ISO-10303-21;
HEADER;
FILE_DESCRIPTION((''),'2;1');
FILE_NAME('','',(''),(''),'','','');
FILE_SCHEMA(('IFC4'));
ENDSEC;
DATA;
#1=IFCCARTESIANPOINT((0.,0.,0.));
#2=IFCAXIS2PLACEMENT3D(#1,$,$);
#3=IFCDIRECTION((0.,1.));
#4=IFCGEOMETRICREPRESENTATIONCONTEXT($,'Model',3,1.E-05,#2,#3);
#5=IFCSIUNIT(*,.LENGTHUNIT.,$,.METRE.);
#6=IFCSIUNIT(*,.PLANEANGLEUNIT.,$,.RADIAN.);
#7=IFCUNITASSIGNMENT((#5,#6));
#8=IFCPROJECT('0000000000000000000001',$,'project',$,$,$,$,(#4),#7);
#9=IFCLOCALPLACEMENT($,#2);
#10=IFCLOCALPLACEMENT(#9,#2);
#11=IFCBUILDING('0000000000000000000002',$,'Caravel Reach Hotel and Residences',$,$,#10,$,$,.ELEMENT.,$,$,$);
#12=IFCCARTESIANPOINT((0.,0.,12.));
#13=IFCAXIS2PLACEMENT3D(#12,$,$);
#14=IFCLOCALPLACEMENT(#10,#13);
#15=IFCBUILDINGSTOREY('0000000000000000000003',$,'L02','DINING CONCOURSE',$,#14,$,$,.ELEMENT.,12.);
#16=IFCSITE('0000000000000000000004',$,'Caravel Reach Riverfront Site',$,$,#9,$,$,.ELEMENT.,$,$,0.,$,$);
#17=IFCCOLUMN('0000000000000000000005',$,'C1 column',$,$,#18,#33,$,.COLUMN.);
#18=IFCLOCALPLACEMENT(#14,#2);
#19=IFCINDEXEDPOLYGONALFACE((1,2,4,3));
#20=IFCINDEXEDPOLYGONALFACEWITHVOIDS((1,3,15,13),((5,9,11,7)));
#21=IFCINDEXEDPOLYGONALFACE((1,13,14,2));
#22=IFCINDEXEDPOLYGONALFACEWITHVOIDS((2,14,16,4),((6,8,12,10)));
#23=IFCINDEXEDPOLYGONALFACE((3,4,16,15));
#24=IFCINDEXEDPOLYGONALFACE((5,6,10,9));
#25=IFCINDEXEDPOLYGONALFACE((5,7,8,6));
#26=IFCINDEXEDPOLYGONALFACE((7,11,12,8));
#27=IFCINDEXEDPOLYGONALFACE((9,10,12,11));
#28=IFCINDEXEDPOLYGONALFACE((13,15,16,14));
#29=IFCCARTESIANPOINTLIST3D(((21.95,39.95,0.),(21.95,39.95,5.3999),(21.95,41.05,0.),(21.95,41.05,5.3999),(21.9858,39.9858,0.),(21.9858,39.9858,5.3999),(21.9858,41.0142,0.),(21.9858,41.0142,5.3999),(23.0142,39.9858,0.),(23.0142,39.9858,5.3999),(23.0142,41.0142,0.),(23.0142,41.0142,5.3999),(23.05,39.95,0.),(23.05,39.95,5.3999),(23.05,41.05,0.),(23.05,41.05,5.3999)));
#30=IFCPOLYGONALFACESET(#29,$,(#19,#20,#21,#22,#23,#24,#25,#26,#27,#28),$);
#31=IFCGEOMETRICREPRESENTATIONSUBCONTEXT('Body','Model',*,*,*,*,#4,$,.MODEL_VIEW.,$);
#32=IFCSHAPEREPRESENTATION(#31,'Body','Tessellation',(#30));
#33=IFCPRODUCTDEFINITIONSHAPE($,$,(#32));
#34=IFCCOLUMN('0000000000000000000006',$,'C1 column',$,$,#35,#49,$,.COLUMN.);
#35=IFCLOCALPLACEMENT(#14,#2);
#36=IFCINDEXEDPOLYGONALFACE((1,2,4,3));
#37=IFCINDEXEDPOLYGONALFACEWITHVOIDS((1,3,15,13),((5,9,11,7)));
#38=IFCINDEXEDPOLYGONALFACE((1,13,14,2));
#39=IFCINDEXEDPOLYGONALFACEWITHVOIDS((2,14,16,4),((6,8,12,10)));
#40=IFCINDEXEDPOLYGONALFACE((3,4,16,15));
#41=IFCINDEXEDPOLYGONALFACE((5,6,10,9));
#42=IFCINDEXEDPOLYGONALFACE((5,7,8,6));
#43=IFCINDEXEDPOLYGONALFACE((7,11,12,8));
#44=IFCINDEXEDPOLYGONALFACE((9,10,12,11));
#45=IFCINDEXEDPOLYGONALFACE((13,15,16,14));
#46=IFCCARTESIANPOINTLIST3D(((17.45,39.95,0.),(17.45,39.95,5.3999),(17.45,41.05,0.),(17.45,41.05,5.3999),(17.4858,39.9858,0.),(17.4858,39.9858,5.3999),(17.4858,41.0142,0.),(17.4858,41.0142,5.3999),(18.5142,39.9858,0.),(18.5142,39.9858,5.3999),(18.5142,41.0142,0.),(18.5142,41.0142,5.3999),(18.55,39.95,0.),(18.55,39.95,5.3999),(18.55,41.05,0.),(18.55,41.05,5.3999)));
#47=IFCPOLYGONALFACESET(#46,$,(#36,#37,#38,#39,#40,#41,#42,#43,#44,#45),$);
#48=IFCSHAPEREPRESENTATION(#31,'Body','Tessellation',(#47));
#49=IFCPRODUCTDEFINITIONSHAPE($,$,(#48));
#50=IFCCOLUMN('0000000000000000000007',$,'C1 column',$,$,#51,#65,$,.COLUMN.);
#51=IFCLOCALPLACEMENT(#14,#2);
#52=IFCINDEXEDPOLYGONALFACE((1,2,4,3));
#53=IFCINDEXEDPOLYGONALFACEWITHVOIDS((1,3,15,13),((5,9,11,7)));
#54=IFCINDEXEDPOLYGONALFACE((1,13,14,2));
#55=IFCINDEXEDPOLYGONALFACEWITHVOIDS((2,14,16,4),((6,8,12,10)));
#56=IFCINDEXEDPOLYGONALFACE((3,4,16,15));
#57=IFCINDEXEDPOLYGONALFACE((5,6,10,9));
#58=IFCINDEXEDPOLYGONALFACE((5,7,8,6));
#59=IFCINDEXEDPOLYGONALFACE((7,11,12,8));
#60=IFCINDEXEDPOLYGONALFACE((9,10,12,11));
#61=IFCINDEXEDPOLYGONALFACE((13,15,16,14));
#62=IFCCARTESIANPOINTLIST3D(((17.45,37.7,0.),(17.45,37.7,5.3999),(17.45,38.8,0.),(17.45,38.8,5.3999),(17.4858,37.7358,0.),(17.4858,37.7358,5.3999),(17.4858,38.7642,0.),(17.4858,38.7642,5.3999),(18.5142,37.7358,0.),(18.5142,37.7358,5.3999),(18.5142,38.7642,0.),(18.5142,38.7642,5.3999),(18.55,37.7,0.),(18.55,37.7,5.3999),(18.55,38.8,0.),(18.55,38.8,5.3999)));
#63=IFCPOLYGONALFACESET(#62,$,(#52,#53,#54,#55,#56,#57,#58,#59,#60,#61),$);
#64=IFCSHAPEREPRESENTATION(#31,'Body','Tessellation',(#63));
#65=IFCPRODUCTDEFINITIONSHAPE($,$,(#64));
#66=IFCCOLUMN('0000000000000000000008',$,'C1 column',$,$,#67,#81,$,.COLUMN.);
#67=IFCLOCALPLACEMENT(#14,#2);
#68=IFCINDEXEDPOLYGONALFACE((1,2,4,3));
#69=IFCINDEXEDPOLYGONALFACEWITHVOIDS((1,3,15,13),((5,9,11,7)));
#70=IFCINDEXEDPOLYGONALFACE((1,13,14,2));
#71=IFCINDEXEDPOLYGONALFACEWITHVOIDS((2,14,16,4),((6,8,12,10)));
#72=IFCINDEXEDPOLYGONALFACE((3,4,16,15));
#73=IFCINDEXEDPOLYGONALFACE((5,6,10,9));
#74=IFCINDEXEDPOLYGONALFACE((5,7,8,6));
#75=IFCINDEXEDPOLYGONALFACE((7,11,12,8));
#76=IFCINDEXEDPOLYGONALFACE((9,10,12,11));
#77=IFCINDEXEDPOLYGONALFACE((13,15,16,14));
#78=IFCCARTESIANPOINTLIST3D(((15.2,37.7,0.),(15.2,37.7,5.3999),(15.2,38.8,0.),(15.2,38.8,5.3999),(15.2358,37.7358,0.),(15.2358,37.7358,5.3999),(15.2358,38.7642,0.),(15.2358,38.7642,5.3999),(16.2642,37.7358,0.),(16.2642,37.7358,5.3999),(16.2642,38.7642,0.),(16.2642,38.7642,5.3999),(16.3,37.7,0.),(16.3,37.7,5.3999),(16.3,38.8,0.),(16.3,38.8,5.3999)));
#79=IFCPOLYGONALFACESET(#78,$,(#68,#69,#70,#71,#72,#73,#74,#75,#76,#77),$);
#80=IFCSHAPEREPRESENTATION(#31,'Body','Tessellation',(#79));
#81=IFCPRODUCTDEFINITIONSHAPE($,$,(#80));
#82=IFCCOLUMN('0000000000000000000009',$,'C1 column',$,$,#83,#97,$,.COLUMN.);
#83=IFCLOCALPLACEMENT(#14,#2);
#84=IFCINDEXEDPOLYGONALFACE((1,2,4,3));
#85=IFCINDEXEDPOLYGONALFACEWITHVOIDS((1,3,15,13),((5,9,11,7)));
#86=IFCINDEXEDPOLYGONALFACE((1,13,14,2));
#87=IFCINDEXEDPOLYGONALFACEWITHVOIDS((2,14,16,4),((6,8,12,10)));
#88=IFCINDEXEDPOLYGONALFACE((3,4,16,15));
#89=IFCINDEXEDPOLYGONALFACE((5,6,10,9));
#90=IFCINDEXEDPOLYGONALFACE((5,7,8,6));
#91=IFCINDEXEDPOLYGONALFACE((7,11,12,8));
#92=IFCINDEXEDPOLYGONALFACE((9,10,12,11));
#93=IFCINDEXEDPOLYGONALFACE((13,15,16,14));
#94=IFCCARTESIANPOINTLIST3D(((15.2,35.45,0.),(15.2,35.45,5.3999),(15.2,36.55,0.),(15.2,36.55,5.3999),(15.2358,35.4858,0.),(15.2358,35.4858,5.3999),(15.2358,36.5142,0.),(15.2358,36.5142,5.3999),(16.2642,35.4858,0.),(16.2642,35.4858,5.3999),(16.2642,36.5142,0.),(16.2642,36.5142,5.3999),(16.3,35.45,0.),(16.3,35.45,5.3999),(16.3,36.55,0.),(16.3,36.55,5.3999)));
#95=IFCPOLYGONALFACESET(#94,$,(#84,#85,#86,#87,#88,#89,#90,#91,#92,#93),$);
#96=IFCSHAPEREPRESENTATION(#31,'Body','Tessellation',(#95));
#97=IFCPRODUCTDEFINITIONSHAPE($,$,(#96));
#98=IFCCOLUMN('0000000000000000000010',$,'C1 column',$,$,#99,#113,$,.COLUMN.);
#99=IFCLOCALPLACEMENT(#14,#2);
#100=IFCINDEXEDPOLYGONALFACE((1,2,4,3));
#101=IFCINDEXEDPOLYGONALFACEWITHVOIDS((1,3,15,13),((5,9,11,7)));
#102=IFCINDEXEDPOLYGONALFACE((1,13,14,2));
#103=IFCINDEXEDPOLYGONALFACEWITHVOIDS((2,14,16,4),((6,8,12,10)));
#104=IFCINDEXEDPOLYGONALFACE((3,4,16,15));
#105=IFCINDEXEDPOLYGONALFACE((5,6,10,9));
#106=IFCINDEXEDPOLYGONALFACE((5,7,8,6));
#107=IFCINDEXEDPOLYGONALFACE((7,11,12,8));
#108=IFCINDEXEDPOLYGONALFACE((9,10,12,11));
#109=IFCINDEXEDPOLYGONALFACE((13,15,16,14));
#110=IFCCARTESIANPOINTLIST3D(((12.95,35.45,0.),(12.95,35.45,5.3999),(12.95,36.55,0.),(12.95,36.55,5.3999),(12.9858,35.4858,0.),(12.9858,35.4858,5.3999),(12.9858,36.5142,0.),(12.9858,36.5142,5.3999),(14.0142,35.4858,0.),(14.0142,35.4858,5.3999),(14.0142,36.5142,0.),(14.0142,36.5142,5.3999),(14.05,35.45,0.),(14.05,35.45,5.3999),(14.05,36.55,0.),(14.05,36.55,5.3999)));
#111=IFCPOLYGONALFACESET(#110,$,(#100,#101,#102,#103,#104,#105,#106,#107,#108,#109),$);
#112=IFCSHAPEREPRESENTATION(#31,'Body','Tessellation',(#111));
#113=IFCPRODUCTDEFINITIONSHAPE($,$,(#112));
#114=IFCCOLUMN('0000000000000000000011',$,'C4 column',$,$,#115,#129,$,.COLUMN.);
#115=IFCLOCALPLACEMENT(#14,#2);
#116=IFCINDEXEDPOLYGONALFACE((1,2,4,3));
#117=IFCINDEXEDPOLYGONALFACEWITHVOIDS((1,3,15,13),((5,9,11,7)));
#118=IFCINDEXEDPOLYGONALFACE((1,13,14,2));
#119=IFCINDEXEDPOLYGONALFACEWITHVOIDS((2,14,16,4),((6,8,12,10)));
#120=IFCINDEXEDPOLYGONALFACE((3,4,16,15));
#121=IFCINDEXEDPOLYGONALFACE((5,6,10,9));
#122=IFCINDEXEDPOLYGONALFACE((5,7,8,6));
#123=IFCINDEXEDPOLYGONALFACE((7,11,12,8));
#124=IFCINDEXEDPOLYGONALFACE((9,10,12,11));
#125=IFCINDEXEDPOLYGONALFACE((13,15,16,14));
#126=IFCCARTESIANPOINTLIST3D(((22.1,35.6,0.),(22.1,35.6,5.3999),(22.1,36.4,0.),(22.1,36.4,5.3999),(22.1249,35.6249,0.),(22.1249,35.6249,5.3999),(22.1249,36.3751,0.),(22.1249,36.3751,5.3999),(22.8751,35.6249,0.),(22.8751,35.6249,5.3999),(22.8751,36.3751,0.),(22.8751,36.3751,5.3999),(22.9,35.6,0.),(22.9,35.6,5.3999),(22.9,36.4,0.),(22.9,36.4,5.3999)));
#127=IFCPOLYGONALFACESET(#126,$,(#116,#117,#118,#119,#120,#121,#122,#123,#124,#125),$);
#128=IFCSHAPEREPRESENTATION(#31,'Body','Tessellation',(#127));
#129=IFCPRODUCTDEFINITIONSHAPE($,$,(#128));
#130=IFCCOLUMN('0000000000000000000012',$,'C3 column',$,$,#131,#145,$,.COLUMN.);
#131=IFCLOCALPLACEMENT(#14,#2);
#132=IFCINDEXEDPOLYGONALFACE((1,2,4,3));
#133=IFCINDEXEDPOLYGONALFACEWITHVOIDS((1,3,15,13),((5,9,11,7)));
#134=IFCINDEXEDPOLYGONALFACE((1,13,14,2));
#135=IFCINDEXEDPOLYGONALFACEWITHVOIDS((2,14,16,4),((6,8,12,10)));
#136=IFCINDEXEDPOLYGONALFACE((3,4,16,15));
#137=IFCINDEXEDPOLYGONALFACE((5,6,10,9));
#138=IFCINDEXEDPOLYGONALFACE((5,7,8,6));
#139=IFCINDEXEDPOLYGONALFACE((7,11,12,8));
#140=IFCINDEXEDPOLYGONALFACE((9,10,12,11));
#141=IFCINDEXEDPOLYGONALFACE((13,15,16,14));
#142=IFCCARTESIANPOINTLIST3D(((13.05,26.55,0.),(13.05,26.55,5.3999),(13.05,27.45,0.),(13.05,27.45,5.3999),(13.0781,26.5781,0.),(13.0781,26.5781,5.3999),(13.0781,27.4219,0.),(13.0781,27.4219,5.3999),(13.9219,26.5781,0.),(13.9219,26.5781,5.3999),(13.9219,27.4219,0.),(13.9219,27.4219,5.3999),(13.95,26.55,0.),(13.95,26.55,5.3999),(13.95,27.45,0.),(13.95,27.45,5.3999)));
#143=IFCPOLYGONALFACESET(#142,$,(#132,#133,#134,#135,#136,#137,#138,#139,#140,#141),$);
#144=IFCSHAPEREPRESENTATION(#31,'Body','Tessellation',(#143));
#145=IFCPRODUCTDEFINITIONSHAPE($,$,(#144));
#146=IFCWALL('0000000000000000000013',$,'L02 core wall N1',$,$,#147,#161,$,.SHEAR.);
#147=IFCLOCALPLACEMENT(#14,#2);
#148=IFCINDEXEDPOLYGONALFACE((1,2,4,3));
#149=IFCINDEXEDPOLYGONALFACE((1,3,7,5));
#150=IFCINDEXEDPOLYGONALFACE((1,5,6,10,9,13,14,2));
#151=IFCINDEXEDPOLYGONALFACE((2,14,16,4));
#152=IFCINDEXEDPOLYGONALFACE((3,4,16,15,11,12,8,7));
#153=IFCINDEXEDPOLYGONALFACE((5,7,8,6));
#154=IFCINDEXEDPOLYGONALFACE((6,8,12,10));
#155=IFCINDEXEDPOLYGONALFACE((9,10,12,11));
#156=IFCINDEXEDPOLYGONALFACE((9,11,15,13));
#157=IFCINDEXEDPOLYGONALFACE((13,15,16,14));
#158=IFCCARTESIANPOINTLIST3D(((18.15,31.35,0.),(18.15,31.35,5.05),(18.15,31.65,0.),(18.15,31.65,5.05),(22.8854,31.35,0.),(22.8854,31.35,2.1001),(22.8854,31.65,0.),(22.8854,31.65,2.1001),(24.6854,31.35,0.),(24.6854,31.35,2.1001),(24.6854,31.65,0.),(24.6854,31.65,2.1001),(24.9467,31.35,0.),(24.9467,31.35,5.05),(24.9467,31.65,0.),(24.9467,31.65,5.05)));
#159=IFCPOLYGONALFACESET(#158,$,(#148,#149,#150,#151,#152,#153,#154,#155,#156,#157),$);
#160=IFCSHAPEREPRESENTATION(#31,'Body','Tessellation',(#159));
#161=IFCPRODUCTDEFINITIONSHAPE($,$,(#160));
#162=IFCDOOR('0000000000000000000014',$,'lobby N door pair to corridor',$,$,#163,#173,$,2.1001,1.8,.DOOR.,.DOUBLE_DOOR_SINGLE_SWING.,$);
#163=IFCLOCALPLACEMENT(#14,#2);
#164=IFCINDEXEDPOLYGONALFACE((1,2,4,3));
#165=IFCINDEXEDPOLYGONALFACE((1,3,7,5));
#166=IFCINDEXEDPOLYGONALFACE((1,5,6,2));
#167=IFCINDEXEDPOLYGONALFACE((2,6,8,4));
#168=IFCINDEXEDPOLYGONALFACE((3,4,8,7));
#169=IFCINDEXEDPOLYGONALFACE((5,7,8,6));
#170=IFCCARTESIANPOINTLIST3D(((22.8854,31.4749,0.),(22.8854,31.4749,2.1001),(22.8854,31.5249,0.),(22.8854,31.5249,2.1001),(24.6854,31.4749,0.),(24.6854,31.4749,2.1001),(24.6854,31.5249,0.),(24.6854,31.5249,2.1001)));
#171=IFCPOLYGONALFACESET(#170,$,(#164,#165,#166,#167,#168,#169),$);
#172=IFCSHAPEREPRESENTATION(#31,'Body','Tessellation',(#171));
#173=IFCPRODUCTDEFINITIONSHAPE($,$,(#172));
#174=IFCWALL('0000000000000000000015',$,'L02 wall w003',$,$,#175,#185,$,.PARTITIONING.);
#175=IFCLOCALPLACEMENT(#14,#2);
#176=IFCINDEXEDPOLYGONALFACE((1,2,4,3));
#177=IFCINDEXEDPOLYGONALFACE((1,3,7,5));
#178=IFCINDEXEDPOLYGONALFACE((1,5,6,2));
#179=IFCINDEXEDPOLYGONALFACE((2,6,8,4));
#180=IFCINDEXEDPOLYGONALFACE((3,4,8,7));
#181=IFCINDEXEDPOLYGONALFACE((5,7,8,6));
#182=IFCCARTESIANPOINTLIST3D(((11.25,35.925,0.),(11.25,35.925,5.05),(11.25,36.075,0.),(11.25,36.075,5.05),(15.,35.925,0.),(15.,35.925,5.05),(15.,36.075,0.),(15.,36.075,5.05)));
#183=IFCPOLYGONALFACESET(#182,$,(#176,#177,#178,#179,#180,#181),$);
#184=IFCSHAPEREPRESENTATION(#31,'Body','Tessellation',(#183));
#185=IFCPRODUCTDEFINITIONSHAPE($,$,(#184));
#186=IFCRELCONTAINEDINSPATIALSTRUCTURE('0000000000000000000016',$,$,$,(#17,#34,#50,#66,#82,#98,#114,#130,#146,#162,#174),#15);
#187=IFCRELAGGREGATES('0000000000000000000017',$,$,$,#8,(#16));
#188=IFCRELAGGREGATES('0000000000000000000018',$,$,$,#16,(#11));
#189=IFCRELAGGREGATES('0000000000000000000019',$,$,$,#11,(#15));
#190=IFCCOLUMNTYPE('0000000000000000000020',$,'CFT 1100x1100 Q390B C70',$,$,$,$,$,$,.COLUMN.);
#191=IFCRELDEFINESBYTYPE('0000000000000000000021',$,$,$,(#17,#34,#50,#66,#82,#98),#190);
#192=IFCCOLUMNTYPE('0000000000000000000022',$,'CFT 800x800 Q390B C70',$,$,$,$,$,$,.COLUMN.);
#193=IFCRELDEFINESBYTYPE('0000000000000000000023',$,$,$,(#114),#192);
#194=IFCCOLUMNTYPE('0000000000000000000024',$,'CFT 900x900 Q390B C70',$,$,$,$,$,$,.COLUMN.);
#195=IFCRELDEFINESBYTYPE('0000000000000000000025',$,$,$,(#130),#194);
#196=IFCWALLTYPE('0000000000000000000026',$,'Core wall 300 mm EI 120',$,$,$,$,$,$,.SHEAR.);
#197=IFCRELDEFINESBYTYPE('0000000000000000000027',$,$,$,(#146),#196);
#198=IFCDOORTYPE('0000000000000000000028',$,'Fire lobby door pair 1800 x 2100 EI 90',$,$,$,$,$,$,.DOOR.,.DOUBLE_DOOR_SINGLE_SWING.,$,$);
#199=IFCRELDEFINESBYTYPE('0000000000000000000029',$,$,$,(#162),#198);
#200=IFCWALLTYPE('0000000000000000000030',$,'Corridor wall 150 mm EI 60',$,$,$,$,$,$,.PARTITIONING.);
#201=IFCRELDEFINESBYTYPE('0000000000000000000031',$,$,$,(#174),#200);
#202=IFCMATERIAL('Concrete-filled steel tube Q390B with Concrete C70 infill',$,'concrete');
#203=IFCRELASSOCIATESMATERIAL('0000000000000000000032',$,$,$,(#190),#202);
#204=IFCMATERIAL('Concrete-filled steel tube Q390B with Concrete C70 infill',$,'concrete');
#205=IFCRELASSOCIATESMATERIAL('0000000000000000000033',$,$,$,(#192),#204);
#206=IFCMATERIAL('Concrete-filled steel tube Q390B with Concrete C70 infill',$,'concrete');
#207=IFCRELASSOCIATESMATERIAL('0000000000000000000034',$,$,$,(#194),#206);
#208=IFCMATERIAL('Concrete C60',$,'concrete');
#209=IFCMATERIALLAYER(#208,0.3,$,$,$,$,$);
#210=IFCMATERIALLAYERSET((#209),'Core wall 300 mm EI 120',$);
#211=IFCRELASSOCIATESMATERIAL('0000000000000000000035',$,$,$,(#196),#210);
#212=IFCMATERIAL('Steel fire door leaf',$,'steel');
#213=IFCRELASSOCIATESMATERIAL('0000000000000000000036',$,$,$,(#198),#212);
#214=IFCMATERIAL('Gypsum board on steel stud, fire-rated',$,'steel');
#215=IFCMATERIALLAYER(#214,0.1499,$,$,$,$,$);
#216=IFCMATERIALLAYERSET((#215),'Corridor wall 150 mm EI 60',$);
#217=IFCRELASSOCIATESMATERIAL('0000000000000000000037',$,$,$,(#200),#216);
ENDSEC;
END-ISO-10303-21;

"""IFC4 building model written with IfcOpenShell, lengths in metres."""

from ifc_helpers import new_model, si_unit, direction, frame, frame_2d, origin, origin_2d, place, context, subcontext, project, spatial, rectangle, hollow_rectangle, extrude, material, layer, layer_set, material_profile, profile_set, type_object, element, fill, save


model = new_model("IFC4")

# Units and contexts
model_context = context("Model", 3, precision=1e-05, world=origin(), true_north=direction((0.0, 1.0)))
body_context = subcontext(model_context, "Body", "Model", "MODEL_VIEW")
ifc_project = project(units=[si_unit("LENGTHUNIT", "METRE"), si_unit("PLANEANGLEUNIT", "RADIAN")], contexts=[model_context])

# Site, building, storey
site_placement = place(None, origin())
site = spatial("IfcSite", under=ifc_project, at=site_placement, Name="Caravel Reach Riverfront Site", CompositionType="ELEMENT", RefElevation=0.0)
building_placement = place(site_placement, origin())
building = spatial("IfcBuilding", under=site, at=building_placement, Name="Caravel Reach Hotel and Residences", CompositionType="ELEMENT")
storey_placement = place(building_placement, frame((0.0, 0.0, 12.0)))
storey = spatial("IfcBuildingStorey", under=building, at=storey_placement, Name="L02", Description="DINING CONCOURSE", CompositionType="ELEMENT", Elevation=12.0)

# Columns
ifc_material_1 = material(Name="Concrete-filled steel tube Q390B with Concrete C70 infill", Category="concrete")
ifc_material_profile_1 = material_profile(ifc_material_1, hollow_rectangle(XDim=1.1001, YDim=1.1001, WallThickness=0.0359, at=origin_2d()), Name="RHS 1100x1100x36")
ifc_profile_set_1 = profile_set([ifc_material_profile_1], Name="Concrete-filled steel tube Q390B with Concrete C70 infill")
column_type_1 = type_object("IfcColumnType", Name="CFT 1100x1100 Q390B C70", PredefinedType="COLUMN", material=ifc_profile_set_1)
for number, where, z_axis, x_axis, name in (
    (1, (22.5, 40.5, 0.0), (0.0, 0.0, 1.0), (1.0, 0.0, 0.0), "C1 column"),
    (2, (18.0, 40.5, 0.0), (0.0, 0.0, 1.0), (1.0, 0.0, 0.0), "C1 column"),
    (3, (18.0, 38.25, 0.0), (0.0, 0.0, 1.0), (1.0, 0.0, 0.0), "C1 column"),
    (4, (15.75, 38.25, 0.0), (0.0, 0.0, 1.0), (1.0, 0.0, 0.0), "C1 column"),
    (5, (15.75, 36.0, 0.0), (0.0, 0.0, 1.0), (1.0, 0.0, 0.0), "C1 column"),
    (6, (13.5, 36.0, 0.0), (0.0, 0.0, 1.0), (1.0, 0.0, 0.0), "C1 column"),
):
    element("IfcColumn", number, at=place(storey_placement, frame(where, z_axis=z_axis, x_axis=x_axis)), inside=storey, type_object=column_type_1, Name=name, PredefinedType="COLUMN", context=body_context, shape_type="SweptSolid", body=[
        extrude(hollow_rectangle(XDim=1.1001, YDim=1.1001, WallThickness=0.0359, at=origin_2d()), origin(), (0.0, 0.0, 1.0), 5.3999),
    ])
ifc_material_2 = material(Name="Concrete-filled steel tube Q390B with Concrete C70 infill", Category="concrete")
ifc_material_profile_2 = material_profile(ifc_material_2, hollow_rectangle(XDim=0.8, YDim=0.8, WallThickness=0.0249, at=origin_2d()), Name="RHS 800x800x25")
ifc_profile_set_2 = profile_set([ifc_material_profile_2], Name="Concrete-filled steel tube Q390B with Concrete C70 infill")
column_type_2 = type_object("IfcColumnType", Name="CFT 800x800 Q390B C70", PredefinedType="COLUMN", material=ifc_profile_set_2)
column_1_placement = place(storey_placement, frame((22.5, 36.0, 0.0), z_axis=(0.0, 0.0, 1.0), x_axis=(1.0, 0.0, 0.0)))
element("IfcColumn", 7, at=column_1_placement, inside=storey, type_object=column_type_2, Name="C4 column", PredefinedType="COLUMN", context=body_context, shape_type="SweptSolid", body=[
    extrude(hollow_rectangle(XDim=0.8, YDim=0.8, WallThickness=0.0249, at=origin_2d()), origin(), (0.0, 0.0, 1.0), 5.3999),
])
ifc_material_3 = material(Name="Concrete-filled steel tube Q390B with Concrete C70 infill", Category="concrete")
ifc_material_profile_3 = material_profile(ifc_material_3, hollow_rectangle(XDim=0.8999, YDim=0.8999, WallThickness=0.0281, at=origin_2d()), Name="RHS 900x900x28")
ifc_profile_set_3 = profile_set([ifc_material_profile_3], Name="Concrete-filled steel tube Q390B with Concrete C70 infill")
column_type_3 = type_object("IfcColumnType", Name="CFT 900x900 Q390B C70", PredefinedType="COLUMN", material=ifc_profile_set_3)
column_2_placement = place(storey_placement, frame((13.5, 27.0, 0.0), z_axis=(0.0, 0.0, 1.0), x_axis=(1.0, 0.0, 0.0)))
element("IfcColumn", 8, at=column_2_placement, inside=storey, type_object=column_type_3, Name="C3 column", PredefinedType="COLUMN", context=body_context, shape_type="SweptSolid", body=[
    extrude(hollow_rectangle(XDim=0.8999, YDim=0.8999, WallThickness=0.0281, at=origin_2d()), origin(), (0.0, 0.0, 1.0), 5.3999),
])

# Wall, opening, door
ifc_material_4 = material(Name="Concrete C60", Category="concrete")
ifc_layer_1 = layer(ifc_material_4, 0.3)
ifc_layer_set_1 = layer_set([ifc_layer_1], Name="Core wall 300 mm EI 120")
wall_type_1 = type_object("IfcWallType", Name="Core wall 300 mm EI 120", PredefinedType="SHEAR", material=ifc_layer_set_1)
wall_1_placement = place(storey_placement, frame((18.1499, 31.5, 0.0), z_axis=(0.0, 0.0, 1.0), x_axis=(1.0, 0.0, 0.0)))
wall_1 = element("IfcWall", 9, at=wall_1_placement, inside=storey, type_object=wall_type_1, Name="L02 core wall N1", PredefinedType="SHEAR", context=body_context, shape_type="SweptSolid", body=[
    extrude(rectangle(XDim=6.7966, YDim=0.3, at=frame_2d((3.3984, 0.0))), origin(), (0.0, 0.0, 1.0), 5.05),
])
opening_1_placement = place(wall_1_placement, frame((4.7356, 0.0, 0.0)))
opening_1 = element("IfcOpeningElement", 10, at=opening_1_placement, cuts=wall_1, PredefinedType="OPENING", context=body_context, shape_type="SweptSolid", body=[
    extrude(rectangle(XDim=1.8, YDim=2.1001, at=frame_2d((0.8999, 1.05))), frame((0.0, 0.1599, 0.0), z_axis=(0.0, -1.0, 0.0), x_axis=(1.0, 0.0, 0.0)), (0.0, 0.0, 1.0), 0.3201),
])
ifc_material_5 = material(Name="Steel fire door leaf", Category="steel")
door_type_1 = type_object("IfcDoorType", Name="Fire lobby door pair 1800 x 2100 EI 90", OperationType="DOUBLE_DOOR_SINGLE_SWING", PredefinedType="DOOR", material=ifc_material_5)
door_1_placement = place(opening_1_placement, origin())
door_1 = element("IfcDoor", 11, at=door_1_placement, inside=storey, type_object=door_type_1, Name="lobby N door pair to corridor", OperationType="DOUBLE_DOOR_SINGLE_SWING", OverallHeight=2.1001, OverallWidth=1.8, PredefinedType="DOOR", context=body_context, shape_type="SweptSolid", body=[
    extrude(rectangle(XDim=1.8, YDim=2.1001, at=frame_2d((0.8999, 1.05))), frame((0.0, 0.0249, 0.0), z_axis=(0.0, -1.0, 0.0), x_axis=(1.0, 0.0, 0.0)), (0.0, 0.0, 1.0), 0.05),
])
fill(opening_1, door_1)

# Wall
ifc_material_6 = material(Name="Gypsum board on steel stud, fire-rated", Category="steel")
ifc_layer_2 = layer(ifc_material_6, 0.1499)
ifc_layer_set_2 = layer_set([ifc_layer_2], Name="Corridor wall 150 mm EI 60")
wall_type_2 = type_object("IfcWallType", Name="Corridor wall 150 mm EI 60", PredefinedType="PARTITIONING", material=ifc_layer_set_2)
wall_2_placement = place(storey_placement, frame((11.25, 36.0, 0.0), z_axis=(0.0, 0.0, 1.0), x_axis=(1.0, 0.0, 0.0)))
element("IfcWall", 12, at=wall_2_placement, inside=storey, type_object=wall_type_2, Name="L02 wall w003", PredefinedType="PARTITIONING", context=body_context, shape_type="SweptSolid", body=[
    extrude(rectangle(XDim=3.75, YDim=0.1499, at=frame_2d((1.875, 0.0))), origin(), (0.0, 0.0, 1.0), 5.05),
])

save(model, "model.ifc")
